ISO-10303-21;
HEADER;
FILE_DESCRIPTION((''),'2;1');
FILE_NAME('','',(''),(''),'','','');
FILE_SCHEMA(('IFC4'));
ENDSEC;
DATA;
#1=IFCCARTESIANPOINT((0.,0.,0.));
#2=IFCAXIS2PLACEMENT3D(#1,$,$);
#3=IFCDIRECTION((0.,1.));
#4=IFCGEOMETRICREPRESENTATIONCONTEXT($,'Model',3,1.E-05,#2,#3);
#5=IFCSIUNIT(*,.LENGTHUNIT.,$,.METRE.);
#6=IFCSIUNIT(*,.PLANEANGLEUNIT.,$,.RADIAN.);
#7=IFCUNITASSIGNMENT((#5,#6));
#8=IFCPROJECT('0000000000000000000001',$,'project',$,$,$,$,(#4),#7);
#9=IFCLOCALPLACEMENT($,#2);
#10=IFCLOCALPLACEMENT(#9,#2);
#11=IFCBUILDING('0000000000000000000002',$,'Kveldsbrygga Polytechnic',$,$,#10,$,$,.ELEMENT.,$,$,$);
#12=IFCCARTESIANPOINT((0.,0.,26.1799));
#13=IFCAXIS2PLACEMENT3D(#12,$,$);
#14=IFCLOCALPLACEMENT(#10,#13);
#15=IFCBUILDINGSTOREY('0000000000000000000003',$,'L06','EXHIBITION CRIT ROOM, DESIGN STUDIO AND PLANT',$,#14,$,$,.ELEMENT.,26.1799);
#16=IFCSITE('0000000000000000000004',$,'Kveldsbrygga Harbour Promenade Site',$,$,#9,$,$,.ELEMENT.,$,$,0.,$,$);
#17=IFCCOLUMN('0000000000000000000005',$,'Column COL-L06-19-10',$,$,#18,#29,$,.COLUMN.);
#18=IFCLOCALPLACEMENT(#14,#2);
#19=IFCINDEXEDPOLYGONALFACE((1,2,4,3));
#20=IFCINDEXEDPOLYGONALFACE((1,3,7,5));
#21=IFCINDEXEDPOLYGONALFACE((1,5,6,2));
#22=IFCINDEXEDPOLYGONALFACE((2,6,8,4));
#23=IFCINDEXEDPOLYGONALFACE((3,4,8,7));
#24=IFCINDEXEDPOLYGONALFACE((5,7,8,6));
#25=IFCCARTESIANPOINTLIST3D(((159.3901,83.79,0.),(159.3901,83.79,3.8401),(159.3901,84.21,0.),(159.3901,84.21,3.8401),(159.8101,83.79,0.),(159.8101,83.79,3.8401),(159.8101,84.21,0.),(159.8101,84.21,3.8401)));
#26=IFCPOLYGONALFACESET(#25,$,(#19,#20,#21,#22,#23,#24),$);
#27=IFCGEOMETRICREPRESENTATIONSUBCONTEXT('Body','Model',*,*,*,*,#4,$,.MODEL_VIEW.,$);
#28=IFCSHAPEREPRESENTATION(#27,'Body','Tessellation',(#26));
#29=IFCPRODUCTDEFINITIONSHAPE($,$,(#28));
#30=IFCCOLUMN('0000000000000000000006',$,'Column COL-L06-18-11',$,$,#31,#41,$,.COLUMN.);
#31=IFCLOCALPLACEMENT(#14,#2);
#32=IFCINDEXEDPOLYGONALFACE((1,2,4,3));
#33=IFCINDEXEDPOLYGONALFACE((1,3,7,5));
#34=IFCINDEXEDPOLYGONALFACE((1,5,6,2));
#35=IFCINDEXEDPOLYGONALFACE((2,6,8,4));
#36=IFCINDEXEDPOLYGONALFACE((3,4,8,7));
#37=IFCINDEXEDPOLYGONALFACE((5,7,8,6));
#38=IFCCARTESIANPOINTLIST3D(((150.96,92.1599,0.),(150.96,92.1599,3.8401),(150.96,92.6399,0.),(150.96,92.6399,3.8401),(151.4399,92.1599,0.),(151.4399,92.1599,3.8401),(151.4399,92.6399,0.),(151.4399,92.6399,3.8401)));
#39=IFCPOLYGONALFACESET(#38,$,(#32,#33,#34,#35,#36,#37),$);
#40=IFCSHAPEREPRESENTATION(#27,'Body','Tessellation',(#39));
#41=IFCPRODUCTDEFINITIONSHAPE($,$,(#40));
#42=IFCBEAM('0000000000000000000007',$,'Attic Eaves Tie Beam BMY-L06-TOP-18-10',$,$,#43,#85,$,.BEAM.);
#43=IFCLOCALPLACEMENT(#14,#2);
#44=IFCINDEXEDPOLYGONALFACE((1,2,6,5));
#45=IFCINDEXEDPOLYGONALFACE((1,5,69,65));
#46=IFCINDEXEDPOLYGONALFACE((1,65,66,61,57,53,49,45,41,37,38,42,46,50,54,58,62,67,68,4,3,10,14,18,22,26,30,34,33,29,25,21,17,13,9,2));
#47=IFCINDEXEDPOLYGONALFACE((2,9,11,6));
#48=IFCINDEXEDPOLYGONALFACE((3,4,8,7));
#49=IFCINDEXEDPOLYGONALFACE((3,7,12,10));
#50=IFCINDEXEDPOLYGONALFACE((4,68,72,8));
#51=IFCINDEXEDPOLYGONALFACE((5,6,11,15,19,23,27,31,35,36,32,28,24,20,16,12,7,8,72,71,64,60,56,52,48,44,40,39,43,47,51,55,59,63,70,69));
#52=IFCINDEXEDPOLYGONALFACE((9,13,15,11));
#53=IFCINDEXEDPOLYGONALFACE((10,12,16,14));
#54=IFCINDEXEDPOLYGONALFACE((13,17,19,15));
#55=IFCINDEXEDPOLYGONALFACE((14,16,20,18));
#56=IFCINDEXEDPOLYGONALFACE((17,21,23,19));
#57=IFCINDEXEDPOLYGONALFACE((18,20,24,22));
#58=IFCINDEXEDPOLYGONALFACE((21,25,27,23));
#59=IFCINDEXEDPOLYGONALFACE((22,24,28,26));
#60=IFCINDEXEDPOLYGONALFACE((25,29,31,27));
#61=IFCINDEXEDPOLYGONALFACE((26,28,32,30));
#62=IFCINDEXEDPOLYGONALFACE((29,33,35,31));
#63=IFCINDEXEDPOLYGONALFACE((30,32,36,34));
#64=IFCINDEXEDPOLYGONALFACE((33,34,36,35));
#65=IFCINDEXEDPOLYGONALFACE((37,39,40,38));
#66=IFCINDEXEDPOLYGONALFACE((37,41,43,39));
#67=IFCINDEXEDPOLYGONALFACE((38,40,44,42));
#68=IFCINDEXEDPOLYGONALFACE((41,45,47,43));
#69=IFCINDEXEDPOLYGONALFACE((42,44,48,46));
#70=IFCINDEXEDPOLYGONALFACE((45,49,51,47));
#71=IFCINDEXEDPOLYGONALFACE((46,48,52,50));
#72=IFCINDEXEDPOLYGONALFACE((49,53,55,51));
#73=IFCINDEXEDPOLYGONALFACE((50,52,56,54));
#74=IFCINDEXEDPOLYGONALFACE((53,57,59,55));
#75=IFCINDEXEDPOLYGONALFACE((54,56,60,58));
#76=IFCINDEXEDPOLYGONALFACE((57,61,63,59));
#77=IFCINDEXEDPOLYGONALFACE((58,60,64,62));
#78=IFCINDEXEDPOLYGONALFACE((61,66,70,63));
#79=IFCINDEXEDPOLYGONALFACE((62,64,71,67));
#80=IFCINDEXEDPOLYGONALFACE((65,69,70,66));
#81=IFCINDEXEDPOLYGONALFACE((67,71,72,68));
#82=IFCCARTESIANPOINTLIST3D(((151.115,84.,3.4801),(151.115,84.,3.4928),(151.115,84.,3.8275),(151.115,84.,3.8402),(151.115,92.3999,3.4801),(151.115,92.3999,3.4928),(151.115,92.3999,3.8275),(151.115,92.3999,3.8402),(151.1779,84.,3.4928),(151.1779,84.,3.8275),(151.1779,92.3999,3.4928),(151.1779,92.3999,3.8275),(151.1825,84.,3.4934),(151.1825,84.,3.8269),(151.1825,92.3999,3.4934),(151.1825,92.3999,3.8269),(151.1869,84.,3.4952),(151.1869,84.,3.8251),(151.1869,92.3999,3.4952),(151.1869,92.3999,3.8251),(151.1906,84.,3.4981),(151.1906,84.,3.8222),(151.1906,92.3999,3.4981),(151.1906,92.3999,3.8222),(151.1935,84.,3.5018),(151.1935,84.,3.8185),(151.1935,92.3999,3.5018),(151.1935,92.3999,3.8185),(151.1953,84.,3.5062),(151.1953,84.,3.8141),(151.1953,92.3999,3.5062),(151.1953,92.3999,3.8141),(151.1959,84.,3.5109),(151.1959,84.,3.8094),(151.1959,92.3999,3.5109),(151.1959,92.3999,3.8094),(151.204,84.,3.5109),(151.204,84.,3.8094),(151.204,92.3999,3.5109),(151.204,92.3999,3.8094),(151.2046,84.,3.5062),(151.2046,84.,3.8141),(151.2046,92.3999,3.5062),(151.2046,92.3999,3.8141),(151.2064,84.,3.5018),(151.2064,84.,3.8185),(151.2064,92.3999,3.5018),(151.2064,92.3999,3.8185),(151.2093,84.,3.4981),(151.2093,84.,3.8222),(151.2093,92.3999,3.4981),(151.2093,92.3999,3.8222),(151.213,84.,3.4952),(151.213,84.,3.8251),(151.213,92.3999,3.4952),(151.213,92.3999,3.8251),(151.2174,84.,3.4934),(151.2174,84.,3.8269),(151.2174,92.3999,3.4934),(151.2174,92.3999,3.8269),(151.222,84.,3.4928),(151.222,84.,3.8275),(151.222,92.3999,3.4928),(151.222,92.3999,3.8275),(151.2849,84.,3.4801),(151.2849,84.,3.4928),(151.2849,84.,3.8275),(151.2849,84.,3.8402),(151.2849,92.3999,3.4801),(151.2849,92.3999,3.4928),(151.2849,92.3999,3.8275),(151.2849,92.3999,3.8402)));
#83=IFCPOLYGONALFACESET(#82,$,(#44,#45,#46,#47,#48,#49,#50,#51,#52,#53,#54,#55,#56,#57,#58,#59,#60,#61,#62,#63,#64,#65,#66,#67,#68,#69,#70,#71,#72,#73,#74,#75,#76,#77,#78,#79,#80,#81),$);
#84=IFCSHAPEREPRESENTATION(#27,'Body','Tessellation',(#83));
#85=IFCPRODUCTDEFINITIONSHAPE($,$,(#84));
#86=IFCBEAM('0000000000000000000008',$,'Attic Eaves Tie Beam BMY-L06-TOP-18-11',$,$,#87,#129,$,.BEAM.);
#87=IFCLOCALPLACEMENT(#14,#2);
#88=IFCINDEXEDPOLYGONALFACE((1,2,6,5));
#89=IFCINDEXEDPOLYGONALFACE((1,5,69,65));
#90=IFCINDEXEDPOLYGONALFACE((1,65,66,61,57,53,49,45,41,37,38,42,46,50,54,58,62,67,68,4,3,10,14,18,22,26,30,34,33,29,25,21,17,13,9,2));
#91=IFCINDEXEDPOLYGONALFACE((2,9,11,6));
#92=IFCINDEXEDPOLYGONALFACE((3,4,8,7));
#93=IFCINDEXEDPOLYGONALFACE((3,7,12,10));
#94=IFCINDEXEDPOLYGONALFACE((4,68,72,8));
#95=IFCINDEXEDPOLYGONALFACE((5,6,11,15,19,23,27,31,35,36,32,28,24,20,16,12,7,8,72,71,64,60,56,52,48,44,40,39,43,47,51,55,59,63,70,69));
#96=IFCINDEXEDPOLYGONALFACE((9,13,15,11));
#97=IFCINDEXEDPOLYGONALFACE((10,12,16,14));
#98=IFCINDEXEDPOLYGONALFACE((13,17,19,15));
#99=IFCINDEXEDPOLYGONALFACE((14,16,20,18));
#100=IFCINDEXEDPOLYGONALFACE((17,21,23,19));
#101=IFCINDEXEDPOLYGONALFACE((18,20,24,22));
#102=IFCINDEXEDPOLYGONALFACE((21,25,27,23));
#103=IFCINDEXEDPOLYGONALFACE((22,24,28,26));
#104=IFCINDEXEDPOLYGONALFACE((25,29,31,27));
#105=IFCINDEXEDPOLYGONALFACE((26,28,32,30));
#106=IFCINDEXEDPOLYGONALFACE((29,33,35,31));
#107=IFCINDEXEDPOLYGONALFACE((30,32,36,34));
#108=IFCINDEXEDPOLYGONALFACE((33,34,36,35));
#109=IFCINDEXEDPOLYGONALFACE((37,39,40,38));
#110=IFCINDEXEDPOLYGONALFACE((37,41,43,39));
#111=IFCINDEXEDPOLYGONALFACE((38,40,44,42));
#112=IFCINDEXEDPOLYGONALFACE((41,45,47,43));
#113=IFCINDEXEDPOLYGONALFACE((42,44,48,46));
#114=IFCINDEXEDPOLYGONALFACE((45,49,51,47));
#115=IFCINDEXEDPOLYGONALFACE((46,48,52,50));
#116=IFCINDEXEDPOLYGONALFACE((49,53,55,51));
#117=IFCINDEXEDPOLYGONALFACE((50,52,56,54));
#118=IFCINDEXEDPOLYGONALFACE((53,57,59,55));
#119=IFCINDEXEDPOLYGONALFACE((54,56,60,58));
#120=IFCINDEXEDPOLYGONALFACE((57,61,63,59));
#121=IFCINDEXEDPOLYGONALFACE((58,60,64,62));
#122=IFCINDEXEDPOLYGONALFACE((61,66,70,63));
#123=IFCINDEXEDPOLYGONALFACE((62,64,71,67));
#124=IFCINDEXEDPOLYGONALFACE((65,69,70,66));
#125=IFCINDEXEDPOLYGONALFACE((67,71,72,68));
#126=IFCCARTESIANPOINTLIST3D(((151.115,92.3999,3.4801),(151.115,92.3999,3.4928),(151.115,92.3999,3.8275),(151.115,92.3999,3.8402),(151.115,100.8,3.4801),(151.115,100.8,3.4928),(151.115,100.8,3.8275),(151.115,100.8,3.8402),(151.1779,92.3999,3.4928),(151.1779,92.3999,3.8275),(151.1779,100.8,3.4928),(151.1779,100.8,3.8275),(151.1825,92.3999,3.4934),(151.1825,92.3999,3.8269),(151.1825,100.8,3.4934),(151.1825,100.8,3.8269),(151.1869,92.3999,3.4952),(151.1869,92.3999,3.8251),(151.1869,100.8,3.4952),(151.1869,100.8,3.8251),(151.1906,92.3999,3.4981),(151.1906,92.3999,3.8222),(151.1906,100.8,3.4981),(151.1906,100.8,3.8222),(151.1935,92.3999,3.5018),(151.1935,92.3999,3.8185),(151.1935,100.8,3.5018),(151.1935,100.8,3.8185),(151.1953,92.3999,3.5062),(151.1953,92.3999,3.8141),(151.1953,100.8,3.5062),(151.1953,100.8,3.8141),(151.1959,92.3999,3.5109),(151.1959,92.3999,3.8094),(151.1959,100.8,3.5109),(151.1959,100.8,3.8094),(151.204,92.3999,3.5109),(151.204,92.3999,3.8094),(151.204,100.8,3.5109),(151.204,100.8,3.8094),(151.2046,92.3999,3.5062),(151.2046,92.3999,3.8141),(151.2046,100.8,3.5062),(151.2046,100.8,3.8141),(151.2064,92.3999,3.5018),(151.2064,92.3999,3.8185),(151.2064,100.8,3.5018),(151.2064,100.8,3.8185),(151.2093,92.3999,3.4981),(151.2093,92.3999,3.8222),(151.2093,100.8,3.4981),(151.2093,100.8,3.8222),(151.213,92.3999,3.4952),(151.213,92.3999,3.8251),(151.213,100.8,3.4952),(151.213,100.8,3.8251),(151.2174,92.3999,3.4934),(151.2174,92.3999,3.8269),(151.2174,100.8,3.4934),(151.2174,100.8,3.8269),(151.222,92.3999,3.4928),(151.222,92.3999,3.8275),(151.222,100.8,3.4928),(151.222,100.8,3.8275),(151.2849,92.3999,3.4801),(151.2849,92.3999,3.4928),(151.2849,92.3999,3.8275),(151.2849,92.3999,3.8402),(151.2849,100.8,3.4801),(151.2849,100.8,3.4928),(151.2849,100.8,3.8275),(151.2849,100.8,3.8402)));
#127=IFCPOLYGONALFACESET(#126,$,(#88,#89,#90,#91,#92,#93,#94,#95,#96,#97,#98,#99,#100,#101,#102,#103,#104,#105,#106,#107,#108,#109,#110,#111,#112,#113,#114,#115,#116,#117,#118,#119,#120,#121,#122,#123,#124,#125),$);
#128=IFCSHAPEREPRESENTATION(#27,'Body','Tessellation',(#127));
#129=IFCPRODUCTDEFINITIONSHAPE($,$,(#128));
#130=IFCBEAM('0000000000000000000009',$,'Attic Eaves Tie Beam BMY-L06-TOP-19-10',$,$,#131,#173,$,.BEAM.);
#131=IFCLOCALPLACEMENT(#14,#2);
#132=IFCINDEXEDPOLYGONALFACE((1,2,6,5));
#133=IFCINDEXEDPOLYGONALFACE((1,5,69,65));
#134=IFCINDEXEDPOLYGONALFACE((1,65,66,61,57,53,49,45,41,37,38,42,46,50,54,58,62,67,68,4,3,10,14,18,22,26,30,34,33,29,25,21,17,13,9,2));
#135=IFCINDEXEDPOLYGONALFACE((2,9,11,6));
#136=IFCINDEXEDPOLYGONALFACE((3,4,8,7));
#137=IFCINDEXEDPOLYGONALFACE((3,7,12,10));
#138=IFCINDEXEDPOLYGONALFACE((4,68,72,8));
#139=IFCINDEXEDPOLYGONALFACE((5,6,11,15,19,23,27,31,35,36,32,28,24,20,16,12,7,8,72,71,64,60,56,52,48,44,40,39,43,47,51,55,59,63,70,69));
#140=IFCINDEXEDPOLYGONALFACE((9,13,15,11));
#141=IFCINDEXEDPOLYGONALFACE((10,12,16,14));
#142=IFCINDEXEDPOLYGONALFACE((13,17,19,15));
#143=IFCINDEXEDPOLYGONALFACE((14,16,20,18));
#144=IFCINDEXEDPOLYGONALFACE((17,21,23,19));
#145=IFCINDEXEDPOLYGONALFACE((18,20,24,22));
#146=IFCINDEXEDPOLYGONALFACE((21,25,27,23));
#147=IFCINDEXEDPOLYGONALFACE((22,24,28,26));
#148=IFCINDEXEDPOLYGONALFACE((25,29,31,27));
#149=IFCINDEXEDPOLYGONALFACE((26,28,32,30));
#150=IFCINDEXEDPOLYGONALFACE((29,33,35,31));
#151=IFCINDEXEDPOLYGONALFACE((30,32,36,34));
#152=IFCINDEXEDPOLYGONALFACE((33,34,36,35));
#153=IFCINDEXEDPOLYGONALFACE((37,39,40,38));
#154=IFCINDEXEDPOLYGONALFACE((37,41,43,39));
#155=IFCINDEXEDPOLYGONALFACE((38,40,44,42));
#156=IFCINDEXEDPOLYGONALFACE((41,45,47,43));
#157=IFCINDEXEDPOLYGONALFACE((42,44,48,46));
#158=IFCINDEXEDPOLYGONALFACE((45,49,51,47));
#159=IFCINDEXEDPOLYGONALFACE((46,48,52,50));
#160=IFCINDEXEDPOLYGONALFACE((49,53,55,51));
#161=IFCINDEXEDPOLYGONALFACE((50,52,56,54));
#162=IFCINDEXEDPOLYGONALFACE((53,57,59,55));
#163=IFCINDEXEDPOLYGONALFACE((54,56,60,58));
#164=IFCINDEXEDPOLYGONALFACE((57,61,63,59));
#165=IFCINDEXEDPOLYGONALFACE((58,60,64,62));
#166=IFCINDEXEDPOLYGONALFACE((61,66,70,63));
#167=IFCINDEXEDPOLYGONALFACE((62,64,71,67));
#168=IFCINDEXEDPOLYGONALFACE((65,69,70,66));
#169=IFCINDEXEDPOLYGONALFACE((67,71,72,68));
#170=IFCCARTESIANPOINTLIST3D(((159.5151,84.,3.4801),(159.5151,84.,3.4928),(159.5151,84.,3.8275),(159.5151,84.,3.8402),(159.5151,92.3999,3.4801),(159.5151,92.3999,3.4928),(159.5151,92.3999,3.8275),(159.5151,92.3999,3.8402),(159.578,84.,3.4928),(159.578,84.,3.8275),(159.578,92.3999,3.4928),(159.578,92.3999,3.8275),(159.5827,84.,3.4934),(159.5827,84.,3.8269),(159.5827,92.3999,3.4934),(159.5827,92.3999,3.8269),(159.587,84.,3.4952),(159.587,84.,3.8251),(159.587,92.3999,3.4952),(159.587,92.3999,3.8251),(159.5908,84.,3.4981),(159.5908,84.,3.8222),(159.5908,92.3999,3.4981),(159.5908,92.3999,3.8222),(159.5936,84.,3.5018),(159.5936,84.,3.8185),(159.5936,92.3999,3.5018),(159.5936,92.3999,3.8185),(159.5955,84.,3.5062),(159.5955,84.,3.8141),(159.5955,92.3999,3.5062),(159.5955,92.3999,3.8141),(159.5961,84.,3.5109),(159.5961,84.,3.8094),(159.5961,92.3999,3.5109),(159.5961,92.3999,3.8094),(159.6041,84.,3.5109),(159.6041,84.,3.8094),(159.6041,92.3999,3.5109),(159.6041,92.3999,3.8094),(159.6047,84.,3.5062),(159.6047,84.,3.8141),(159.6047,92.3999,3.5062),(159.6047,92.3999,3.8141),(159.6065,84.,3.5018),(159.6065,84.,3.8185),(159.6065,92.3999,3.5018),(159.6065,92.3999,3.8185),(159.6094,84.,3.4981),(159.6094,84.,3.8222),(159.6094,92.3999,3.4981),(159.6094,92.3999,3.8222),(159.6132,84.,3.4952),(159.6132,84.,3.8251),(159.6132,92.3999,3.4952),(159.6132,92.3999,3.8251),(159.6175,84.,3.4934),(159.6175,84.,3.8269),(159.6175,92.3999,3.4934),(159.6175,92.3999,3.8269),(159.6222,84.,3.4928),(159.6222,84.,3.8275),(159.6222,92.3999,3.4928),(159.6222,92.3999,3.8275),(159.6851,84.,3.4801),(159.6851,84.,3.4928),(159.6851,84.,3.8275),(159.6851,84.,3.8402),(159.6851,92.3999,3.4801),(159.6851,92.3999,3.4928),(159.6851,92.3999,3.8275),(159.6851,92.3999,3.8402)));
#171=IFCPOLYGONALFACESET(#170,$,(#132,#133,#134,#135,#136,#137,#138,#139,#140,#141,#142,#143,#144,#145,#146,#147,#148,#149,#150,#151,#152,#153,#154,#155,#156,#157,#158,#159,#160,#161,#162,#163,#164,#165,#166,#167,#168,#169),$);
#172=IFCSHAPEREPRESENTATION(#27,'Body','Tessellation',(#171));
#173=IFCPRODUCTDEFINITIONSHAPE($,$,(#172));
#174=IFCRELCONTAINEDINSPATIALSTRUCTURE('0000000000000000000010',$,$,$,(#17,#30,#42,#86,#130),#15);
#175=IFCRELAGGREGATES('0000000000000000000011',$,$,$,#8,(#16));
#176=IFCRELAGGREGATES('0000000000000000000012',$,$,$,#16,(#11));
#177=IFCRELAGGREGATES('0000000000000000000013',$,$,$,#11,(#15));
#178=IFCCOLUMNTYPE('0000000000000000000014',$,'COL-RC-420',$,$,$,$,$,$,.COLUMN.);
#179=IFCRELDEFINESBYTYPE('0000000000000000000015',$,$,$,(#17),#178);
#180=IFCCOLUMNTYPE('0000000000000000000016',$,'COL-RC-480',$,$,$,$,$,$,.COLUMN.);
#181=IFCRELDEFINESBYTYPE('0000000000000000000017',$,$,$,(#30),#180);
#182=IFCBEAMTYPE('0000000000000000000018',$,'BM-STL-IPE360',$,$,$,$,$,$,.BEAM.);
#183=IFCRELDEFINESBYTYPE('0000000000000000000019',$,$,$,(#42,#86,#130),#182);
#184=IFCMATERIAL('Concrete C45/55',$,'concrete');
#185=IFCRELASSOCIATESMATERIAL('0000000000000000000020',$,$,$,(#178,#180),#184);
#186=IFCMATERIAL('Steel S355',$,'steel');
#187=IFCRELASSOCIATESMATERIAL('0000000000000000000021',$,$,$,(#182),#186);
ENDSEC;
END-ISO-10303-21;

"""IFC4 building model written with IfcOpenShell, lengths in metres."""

from ifc_helpers import new_model, si_unit, direction, frame, origin, origin_2d, place, context, subcontext, project, spatial, rectangle, i_section, extrude, material, material_profile, profile_set, type_object, element, save


model = new_model("IFC4")

# Units and contexts
model_context = context("Model", 3, precision=1e-05, world=origin(), true_north=direction((0.0, 1.0)))
body_context = subcontext(model_context, "Body", "Model", "MODEL_VIEW")
ifc_project = project(units=[si_unit("LENGTHUNIT", "METRE"), si_unit("PLANEANGLEUNIT", "RADIAN")], contexts=[model_context])

# Site, building, storey
site_placement = place(None, origin())
site = spatial("IfcSite", under=ifc_project, at=site_placement, Name="Kveldsbrygga Harbour Promenade Site", CompositionType="ELEMENT", RefElevation=0.0)
building_placement = place(site_placement, origin())
building = spatial("IfcBuilding", under=site, at=building_placement, Name="Kveldsbrygga Polytechnic", CompositionType="ELEMENT")
storey_placement = place(building_placement, frame((0.0, 0.0, 26.1799)))
storey = spatial("IfcBuildingStorey", under=building, at=storey_placement, Name="L06", Description="EXHIBITION CRIT ROOM, DESIGN STUDIO AND PLANT", CompositionType="ELEMENT", Elevation=26.1799)

# Columns
ifc_material_1 = material(Name="Concrete C45/55", Category="concrete")
ifc_material_profile_1 = material_profile(ifc_material_1, rectangle(XDim=0.4199, YDim=0.4199, at=origin_2d()), Name="RC 420x420")
ifc_profile_set_1 = profile_set([ifc_material_profile_1], Name="Concrete C45/55")
column_type_1 = type_object("IfcColumnType", Name="COL-RC-420", PredefinedType="COLUMN", material=ifc_profile_set_1)
column_1_placement = place(storey_placement, frame((159.6001, 84.0, 0.0), z_axis=(0.0, 0.0, 1.0), x_axis=(1.0, 0.0, 0.0)))
element("IfcColumn", 1, at=column_1_placement, inside=storey, type_object=column_type_1, Name="Column COL-L06-19-10", PredefinedType="COLUMN", context=body_context, shape_type="SweptSolid", body=[
    extrude(rectangle(XDim=0.4199, YDim=0.4199, at=origin_2d()), origin(), (0.0, 0.0, 1.0), 3.8401),
])
ifc_material_profile_2 = material_profile(ifc_material_1, rectangle(XDim=0.48, YDim=0.48, at=origin_2d()), Name="RC 480x480")
ifc_profile_set_2 = profile_set([ifc_material_profile_2], Name="Concrete C45/55")
column_type_2 = type_object("IfcColumnType", Name="COL-RC-480", PredefinedType="COLUMN", material=ifc_profile_set_2)
column_2_placement = place(storey_placement, frame((151.2, 92.3999, 0.0), z_axis=(0.0, 0.0, 1.0), x_axis=(1.0, 0.0, 0.0)))
element("IfcColumn", 2, at=column_2_placement, inside=storey, type_object=column_type_2, Name="Column COL-L06-18-11", PredefinedType="COLUMN", context=body_context, shape_type="SweptSolid", body=[
    extrude(rectangle(XDim=0.48, YDim=0.48, at=origin_2d()), origin(), (0.0, 0.0, 1.0), 3.8401),
])

# Beams
ifc_material_2 = material(Name="Steel S355", Category="steel")
ifc_material_profile_3 = material_profile(ifc_material_2, i_section(OverallWidth=0.1699, OverallDepth=0.3601, WebThickness=0.0081, FlangeThickness=0.0127, FilletRadius=0.0181, at=origin_2d()), Name="IPE 360")
ifc_profile_set_3 = profile_set([ifc_material_profile_3], Name="Steel S355")
beam_type = type_object("IfcBeamType", Name="BM-STL-IPE360", PredefinedType="BEAM", material=ifc_profile_set_3)
beam_1_placement = place(storey_placement, frame((151.2, 84.0, 3.6602), z_axis=(0.0, 1.0, 0.0), x_axis=(-1.0, 0.0, 0.0)))
element("IfcBeam", 3, at=beam_1_placement, inside=storey, type_object=beam_type, Name="Attic Eaves Tie Beam BMY-L06-TOP-18-10", PredefinedType="BEAM", context=body_context, shape_type="SweptSolid", body=[
    extrude(i_section(OverallWidth=0.1699, OverallDepth=0.3601, WebThickness=0.0081, FlangeThickness=0.0127, FilletRadius=0.0181, at=origin_2d()), origin(), (0.0, 0.0, 1.0), 8.3999),
])
beam_2_placement = place(storey_placement, frame((151.2, 92.3999, 3.6602), z_axis=(0.0, 1.0, 0.0), x_axis=(-1.0, 0.0, 0.0)))
element("IfcBeam", 4, at=beam_2_placement, inside=storey, type_object=beam_type, Name="Attic Eaves Tie Beam BMY-L06-TOP-18-11", PredefinedType="BEAM", context=body_context, shape_type="SweptSolid", body=[
    extrude(i_section(OverallWidth=0.1699, OverallDepth=0.3601, WebThickness=0.0081, FlangeThickness=0.0127, FilletRadius=0.0181, at=origin_2d()), origin(), (0.0, 0.0, 1.0), 8.4001),
])
beam_3_placement = place(storey_placement, frame((159.6001, 84.0, 3.6602), z_axis=(0.0, 1.0, 0.0), x_axis=(-1.0, 0.0, 0.0)))
element("IfcBeam", 5, at=beam_3_placement, inside=storey, type_object=beam_type, Name="Attic Eaves Tie Beam BMY-L06-TOP-19-10", PredefinedType="BEAM", context=body_context, shape_type="SweptSolid", body=[
    extrude(i_section(OverallWidth=0.1699, OverallDepth=0.3601, WebThickness=0.0081, FlangeThickness=0.0127, FilletRadius=0.0181, at=origin_2d()), origin(), (0.0, 0.0, 1.0), 8.3999),
])

save(model, "model.ifc")
